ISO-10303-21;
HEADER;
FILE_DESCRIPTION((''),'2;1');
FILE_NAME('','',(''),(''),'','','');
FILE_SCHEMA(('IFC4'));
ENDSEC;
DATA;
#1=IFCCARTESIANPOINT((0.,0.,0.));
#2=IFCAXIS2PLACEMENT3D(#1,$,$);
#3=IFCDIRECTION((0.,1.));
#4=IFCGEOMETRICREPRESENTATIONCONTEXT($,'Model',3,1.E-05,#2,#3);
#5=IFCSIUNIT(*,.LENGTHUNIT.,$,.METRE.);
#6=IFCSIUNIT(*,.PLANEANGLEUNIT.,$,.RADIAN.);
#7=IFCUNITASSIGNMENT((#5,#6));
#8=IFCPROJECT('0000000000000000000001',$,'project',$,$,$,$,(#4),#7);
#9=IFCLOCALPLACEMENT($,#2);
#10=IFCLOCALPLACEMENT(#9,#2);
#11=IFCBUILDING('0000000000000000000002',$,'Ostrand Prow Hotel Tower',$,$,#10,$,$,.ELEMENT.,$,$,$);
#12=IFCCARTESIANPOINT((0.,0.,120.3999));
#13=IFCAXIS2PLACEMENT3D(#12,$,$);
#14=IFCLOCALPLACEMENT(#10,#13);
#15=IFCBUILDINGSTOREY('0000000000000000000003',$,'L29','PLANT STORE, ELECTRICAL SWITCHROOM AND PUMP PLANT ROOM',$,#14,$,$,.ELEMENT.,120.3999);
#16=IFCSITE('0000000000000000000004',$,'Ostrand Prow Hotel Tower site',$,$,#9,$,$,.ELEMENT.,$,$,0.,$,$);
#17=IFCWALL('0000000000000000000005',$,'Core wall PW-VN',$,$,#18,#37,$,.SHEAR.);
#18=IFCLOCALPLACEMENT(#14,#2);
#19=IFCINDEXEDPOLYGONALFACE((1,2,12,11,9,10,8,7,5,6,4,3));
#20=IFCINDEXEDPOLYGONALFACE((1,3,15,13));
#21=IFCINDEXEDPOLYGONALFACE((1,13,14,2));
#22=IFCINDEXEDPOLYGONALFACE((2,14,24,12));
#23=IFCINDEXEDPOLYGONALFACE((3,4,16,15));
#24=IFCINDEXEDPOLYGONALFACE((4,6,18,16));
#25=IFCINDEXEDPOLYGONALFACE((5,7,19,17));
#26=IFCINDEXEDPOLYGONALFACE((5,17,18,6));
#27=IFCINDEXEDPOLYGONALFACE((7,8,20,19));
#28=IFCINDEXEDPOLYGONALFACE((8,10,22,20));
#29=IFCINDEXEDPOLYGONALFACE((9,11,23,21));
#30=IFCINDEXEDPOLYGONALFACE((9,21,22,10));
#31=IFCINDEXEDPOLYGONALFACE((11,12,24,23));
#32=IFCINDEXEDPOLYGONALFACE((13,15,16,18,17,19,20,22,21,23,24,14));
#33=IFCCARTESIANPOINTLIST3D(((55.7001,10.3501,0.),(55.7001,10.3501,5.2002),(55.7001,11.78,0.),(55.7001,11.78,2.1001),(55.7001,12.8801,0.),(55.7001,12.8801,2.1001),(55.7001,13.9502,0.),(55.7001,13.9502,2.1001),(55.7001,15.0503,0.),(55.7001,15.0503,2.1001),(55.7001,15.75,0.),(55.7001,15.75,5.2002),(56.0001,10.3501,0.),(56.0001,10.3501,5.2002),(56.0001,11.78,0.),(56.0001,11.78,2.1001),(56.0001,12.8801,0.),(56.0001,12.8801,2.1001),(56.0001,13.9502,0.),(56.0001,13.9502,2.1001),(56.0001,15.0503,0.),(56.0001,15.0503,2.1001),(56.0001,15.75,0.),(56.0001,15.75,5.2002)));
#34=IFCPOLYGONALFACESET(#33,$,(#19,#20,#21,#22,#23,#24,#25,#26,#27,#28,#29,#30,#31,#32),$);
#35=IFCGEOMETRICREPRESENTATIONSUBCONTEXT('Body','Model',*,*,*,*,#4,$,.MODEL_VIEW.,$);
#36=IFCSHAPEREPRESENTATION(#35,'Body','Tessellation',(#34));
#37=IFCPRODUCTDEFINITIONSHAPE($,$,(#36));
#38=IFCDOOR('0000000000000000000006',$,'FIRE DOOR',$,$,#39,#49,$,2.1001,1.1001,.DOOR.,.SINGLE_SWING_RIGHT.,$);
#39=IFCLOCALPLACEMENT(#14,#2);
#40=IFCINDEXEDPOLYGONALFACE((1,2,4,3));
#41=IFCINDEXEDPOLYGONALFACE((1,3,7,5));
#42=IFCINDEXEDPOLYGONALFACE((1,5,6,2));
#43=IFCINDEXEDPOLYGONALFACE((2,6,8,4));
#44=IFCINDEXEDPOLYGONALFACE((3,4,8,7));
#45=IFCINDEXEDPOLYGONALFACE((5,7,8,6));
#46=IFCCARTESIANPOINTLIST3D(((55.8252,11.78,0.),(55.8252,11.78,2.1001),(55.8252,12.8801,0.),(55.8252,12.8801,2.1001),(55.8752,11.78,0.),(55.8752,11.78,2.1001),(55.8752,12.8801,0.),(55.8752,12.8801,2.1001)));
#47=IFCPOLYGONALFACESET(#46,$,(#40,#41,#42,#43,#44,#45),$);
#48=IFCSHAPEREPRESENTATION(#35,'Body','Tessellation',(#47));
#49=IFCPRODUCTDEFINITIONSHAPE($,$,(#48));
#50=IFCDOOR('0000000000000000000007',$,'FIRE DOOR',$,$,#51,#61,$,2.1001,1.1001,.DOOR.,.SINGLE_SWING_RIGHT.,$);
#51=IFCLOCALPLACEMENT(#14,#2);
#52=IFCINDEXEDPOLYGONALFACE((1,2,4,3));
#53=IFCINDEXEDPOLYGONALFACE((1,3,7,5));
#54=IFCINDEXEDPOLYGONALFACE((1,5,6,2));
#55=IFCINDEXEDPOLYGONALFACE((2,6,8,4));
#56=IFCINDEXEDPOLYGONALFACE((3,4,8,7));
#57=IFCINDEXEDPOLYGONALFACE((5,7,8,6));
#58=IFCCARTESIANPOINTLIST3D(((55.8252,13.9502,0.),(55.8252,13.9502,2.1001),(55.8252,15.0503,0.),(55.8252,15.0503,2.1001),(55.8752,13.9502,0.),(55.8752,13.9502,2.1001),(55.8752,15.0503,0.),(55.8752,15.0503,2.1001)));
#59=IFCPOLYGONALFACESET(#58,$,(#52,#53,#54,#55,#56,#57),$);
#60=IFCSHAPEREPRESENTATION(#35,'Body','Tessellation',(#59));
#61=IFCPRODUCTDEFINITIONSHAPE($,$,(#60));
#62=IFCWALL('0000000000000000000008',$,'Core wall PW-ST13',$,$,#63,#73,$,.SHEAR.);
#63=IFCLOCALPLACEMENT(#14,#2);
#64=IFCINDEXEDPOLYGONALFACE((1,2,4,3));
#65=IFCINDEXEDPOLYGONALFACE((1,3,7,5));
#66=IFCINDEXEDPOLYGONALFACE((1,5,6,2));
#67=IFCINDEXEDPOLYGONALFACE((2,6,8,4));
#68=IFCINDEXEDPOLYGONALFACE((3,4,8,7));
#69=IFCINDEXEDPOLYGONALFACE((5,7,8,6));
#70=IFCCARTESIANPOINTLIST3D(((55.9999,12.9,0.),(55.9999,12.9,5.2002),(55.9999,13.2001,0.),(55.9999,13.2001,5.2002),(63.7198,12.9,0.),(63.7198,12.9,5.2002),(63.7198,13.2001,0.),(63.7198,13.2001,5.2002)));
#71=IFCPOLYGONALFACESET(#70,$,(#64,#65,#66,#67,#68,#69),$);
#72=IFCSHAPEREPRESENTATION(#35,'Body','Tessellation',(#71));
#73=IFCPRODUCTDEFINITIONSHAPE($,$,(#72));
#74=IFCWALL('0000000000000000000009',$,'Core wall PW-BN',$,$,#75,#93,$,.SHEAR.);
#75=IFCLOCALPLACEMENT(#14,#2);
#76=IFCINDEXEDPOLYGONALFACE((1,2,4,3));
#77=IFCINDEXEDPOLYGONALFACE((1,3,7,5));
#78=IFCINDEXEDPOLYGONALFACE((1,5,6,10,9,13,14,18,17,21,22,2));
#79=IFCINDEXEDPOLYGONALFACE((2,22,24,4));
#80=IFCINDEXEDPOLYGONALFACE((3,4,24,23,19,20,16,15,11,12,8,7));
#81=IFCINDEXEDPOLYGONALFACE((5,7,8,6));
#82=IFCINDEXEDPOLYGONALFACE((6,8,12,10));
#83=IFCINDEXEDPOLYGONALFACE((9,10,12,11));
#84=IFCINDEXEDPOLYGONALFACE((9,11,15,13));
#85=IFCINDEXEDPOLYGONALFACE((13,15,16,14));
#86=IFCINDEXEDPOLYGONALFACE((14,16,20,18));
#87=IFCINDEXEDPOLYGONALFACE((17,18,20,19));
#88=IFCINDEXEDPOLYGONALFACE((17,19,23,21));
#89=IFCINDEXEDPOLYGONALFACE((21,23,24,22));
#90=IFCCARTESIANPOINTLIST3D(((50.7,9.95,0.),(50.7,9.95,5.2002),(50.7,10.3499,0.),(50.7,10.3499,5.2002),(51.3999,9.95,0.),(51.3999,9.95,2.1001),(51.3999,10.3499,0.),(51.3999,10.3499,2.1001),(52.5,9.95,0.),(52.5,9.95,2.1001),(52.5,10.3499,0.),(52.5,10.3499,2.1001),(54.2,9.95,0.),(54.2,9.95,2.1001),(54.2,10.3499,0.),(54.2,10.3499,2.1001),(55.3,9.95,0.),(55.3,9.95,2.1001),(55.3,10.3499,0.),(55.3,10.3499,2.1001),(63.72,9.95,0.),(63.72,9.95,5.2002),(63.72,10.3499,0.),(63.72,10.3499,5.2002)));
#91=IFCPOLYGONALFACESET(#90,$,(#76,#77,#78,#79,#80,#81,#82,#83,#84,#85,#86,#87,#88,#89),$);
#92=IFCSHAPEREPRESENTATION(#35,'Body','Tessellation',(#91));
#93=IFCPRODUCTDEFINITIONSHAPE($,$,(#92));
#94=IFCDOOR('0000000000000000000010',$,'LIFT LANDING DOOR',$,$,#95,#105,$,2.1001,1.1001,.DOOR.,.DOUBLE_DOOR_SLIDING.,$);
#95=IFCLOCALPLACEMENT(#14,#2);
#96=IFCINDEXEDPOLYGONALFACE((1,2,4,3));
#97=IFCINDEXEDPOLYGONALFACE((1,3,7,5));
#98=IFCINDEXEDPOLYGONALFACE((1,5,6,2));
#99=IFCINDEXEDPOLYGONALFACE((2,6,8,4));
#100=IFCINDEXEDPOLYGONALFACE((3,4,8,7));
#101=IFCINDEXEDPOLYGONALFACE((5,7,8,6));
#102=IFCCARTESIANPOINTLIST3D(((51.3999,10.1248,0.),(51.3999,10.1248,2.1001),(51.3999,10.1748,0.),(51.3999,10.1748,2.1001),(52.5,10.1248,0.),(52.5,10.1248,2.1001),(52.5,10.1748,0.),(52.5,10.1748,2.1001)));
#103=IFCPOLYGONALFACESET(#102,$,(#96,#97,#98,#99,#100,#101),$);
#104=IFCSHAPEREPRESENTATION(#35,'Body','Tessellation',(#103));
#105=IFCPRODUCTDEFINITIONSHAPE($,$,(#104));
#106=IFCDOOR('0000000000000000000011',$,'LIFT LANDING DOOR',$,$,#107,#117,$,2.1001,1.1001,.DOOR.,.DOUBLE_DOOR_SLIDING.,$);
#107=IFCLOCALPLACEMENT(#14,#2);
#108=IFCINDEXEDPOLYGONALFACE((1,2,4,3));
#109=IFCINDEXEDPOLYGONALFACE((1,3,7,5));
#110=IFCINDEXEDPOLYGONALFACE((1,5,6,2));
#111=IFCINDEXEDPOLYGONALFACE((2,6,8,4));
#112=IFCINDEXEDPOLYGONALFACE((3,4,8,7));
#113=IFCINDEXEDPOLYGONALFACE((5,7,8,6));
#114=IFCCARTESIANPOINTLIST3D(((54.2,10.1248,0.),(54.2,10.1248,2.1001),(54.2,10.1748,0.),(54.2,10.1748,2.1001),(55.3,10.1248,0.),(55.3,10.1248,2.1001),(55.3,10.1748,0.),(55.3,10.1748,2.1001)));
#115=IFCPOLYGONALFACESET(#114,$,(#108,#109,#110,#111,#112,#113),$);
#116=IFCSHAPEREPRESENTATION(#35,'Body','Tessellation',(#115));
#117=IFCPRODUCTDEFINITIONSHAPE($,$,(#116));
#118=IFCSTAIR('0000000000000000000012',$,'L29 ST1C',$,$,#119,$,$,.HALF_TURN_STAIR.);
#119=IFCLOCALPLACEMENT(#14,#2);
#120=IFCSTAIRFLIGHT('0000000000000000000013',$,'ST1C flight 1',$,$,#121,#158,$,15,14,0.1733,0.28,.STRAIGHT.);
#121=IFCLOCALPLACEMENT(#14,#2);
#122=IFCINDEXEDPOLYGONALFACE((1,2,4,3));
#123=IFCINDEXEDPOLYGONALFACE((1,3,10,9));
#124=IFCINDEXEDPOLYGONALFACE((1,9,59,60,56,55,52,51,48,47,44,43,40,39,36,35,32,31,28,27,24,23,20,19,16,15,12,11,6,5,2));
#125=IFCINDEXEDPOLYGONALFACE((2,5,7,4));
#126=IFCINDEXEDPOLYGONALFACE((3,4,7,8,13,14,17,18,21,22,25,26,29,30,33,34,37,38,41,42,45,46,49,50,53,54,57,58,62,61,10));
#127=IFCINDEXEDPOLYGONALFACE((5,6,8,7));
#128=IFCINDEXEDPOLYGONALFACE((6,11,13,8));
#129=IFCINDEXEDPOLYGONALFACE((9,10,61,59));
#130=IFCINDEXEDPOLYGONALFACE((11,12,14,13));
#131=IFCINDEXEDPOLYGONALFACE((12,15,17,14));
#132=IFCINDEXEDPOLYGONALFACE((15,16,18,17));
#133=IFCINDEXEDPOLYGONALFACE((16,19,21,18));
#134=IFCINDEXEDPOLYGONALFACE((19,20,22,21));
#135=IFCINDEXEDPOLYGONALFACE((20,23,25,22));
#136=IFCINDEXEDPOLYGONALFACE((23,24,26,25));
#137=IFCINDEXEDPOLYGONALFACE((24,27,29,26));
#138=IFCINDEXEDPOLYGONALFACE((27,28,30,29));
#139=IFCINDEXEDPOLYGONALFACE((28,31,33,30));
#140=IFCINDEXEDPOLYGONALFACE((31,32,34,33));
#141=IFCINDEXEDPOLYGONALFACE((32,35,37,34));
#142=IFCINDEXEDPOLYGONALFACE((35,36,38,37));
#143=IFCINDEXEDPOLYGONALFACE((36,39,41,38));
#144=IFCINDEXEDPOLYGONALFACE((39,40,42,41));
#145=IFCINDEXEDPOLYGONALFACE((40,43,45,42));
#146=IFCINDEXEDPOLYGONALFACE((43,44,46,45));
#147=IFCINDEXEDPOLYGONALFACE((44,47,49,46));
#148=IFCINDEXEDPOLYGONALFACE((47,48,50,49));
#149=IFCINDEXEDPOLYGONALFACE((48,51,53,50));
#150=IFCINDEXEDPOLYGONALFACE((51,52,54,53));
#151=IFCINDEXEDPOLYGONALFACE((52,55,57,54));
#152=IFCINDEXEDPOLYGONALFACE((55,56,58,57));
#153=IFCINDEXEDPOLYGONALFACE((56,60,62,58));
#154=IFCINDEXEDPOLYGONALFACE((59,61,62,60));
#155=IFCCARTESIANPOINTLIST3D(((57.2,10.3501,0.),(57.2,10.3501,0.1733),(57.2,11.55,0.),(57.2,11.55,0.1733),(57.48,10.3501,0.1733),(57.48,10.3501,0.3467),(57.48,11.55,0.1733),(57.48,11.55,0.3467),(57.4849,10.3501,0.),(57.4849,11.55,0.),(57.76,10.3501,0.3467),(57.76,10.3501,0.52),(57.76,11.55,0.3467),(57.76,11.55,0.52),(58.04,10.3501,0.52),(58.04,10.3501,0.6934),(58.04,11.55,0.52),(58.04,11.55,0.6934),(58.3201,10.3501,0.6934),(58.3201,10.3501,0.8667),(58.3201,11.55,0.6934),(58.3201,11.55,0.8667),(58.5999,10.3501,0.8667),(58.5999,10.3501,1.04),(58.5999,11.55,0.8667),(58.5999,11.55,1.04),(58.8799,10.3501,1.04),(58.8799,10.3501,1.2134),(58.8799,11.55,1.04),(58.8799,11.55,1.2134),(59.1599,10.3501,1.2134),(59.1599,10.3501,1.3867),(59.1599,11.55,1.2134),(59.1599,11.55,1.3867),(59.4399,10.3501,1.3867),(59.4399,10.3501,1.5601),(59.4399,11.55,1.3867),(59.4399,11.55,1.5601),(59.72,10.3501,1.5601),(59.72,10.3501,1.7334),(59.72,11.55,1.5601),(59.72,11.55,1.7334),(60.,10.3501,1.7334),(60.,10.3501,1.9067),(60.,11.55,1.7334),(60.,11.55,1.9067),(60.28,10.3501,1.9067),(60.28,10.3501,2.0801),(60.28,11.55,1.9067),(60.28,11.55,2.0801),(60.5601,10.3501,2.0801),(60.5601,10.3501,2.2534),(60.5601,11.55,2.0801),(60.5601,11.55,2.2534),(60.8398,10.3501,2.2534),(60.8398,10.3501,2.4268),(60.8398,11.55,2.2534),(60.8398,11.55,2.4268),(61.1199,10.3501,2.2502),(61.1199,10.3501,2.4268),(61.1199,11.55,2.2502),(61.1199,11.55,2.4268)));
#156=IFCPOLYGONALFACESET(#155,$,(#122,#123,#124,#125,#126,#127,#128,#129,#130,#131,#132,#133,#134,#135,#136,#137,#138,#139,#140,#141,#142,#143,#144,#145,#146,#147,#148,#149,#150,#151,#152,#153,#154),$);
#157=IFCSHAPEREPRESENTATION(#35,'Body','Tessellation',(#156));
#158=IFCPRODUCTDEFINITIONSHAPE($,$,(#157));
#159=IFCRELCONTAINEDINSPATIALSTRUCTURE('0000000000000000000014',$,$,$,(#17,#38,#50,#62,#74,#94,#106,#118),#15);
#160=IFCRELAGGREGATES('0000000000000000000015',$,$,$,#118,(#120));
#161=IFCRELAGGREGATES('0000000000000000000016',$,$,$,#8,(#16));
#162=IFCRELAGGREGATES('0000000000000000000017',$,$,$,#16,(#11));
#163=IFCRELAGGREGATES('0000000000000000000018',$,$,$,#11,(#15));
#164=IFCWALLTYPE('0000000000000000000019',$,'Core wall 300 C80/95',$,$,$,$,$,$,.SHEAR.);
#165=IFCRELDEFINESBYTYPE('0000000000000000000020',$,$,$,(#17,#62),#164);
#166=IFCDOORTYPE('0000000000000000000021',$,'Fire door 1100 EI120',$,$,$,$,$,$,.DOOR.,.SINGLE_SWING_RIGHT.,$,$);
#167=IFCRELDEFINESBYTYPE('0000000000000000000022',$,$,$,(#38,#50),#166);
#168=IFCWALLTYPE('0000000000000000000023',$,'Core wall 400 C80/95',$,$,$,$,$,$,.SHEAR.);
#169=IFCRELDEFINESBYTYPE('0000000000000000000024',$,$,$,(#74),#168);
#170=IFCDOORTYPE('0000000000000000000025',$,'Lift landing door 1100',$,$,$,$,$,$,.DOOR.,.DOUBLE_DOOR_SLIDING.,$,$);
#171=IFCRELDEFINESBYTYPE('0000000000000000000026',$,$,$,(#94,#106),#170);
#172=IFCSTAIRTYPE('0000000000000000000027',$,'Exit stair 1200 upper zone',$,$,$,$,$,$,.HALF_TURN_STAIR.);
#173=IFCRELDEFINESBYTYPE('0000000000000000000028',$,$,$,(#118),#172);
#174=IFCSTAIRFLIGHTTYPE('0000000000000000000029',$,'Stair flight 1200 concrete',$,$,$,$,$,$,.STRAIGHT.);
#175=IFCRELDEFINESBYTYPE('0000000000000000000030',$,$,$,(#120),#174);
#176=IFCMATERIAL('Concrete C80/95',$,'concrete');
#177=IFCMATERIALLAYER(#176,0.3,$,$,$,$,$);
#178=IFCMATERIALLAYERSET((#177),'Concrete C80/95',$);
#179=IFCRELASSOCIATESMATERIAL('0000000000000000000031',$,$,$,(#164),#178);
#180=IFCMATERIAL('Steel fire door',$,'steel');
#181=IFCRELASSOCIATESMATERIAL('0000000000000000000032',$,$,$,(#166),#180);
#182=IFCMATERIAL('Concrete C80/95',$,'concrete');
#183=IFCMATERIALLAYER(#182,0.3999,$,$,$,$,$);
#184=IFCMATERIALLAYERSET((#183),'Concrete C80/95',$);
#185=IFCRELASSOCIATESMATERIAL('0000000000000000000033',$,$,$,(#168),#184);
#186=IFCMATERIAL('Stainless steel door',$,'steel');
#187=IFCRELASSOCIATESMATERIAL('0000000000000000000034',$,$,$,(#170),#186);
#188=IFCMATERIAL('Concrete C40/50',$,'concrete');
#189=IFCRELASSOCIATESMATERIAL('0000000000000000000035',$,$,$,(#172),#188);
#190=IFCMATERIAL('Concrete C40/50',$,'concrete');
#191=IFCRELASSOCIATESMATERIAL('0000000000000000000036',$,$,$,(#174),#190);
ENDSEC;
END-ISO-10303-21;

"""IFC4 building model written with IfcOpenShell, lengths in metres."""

from ifc_helpers import new_model, si_unit, direction, frame, frame_2d, origin, place, context, subcontext, project, spatial, polyline, rectangle, outline, extrude, material, layer, layer_set, type_object, element, fill, aggregate, save


model = new_model("IFC4")

# Units and contexts
model_context = context("Model", 3, precision=1e-05, world=origin(), true_north=direction((0.0, 1.0)))
body_context = subcontext(model_context, "Body", "Model", "MODEL_VIEW")
ifc_project = project(units=[si_unit("LENGTHUNIT", "METRE"), si_unit("PLANEANGLEUNIT", "RADIAN")], contexts=[model_context])

# Site, building, storey
site_placement = place(None, origin())
site = spatial("IfcSite", under=ifc_project, at=site_placement, Name="Ostrand Prow Hotel Tower site", CompositionType="ELEMENT", RefElevation=0.0)
building_placement = place(site_placement, origin())
building = spatial("IfcBuilding", under=site, at=building_placement, Name="Ostrand Prow Hotel Tower", CompositionType="ELEMENT")
storey_placement = place(building_placement, frame((0.0, 0.0, 120.3999)))
storey = spatial("IfcBuildingStorey", under=building, at=storey_placement, Name="L29", Description="PLANT STORE, ELECTRICAL SWITCHROOM AND PUMP PLANT ROOM", CompositionType="ELEMENT", Elevation=120.3999)

# Shared definitions
ifc_material_1 = material(Name="Concrete C80/95", Category="concrete")
ifc_layer_1 = layer(ifc_material_1, 0.3)
ifc_layer_set_1 = layer_set([ifc_layer_1], Name="Concrete C80/95")
wall_type_1 = type_object("IfcWallType", Name="Core wall 300 C80/95", PredefinedType="SHEAR", material=ifc_layer_set_1)

# Wall, openings, doors
wall_1_placement = place(storey_placement, frame((55.8501, 10.3501, 0.0), z_axis=(0.0, 0.0, 1.0), x_axis=(0.0, 1.0, 0.0)))
wall_1 = element("IfcWall", 1, at=wall_1_placement, inside=storey, type_object=wall_type_1, Name="Core wall PW-VN", PredefinedType="SHEAR", context=body_context, shape_type="SweptSolid", body=[
    extrude(rectangle(XDim=5.3999, YDim=0.3, at=frame_2d((2.7, 0.0))), origin(), (0.0, 0.0, 1.0), 5.2002),
])
opening_1_placement = place(wall_1_placement, frame((1.4299, 0.0, 0.0)))
opening_1 = element("IfcOpeningElement", 2, at=opening_1_placement, cuts=wall_1, PredefinedType="OPENING", context=body_context, shape_type="SweptSolid", body=[
    extrude(rectangle(XDim=1.1001, YDim=2.1001, at=frame_2d((0.55, 1.05))), frame((0.0, 0.1599, 0.0), z_axis=(0.0, -1.0, 0.0), x_axis=(1.0, 0.0, 0.0)), (0.0, 0.0, 1.0), 0.3201),
])
opening_2_placement = place(wall_1_placement, frame((3.6001, 0.0, 0.0)))
opening_2 = element("IfcOpeningElement", 3, at=opening_2_placement, cuts=wall_1, PredefinedType="OPENING", context=body_context, shape_type="SweptSolid", body=[
    extrude(rectangle(XDim=1.1001, YDim=2.1001, at=frame_2d((0.55, 1.05))), frame((0.0, 0.1599, 0.0), z_axis=(0.0, -1.0, 0.0), x_axis=(1.0, 0.0, 0.0)), (0.0, 0.0, 1.0), 0.3201),
])
ifc_material_2 = material(Name="Steel fire door", Category="steel")
door_type_1 = type_object("IfcDoorType", Name="Fire door 1100 EI120", OperationType="SINGLE_SWING_RIGHT", PredefinedType="DOOR", material=ifc_material_2)
door_1_placement = place(opening_1_placement, origin())
door_1 = element("IfcDoor", 4, at=door_1_placement, inside=storey, type_object=door_type_1, Name="FIRE DOOR", OperationType="SINGLE_SWING_RIGHT", OverallHeight=2.1001, OverallWidth=1.1001, PredefinedType="DOOR", context=body_context, shape_type="SweptSolid", body=[
    extrude(rectangle(XDim=1.1001, YDim=2.1001, at=frame_2d((0.55, 1.05))), frame((0.0, 0.0249, 0.0), z_axis=(0.0, -1.0, 0.0), x_axis=(1.0, 0.0, 0.0)), (0.0, 0.0, 1.0), 0.05),
])
fill(opening_1, door_1)
door_2_placement = place(opening_2_placement, origin())
door_2 = element("IfcDoor", 5, at=door_2_placement, inside=storey, type_object=door_type_1, Name="FIRE DOOR", OperationType="SINGLE_SWING_RIGHT", OverallHeight=2.1001, OverallWidth=1.1001, PredefinedType="DOOR", context=body_context, shape_type="SweptSolid", body=[
    extrude(rectangle(XDim=1.1001, YDim=2.1001, at=frame_2d((0.55, 1.05))), frame((0.0, 0.0249, 0.0), z_axis=(0.0, -1.0, 0.0), x_axis=(1.0, 0.0, 0.0)), (0.0, 0.0, 1.0), 0.05),
])
fill(opening_2, door_2)

# Wall
wall_2_placement = place(storey_placement, frame((56.0, 13.05, 0.0), z_axis=(0.0, 0.0, 1.0), x_axis=(1.0, 0.0, 0.0)))
element("IfcWall", 6, at=wall_2_placement, inside=storey, type_object=wall_type_1, Name="Core wall PW-ST13", PredefinedType="SHEAR", context=body_context, shape_type="SweptSolid", body=[
    extrude(rectangle(XDim=7.72, YDim=0.3, at=frame_2d((3.8599, 0.0))), origin(), (0.0, 0.0, 1.0), 5.2002),
])

# Wall, openings, doors
ifc_material_3 = material(Name="Concrete C80/95", Category="concrete")
ifc_layer_2 = layer(ifc_material_3, 0.3999)
ifc_layer_set_2 = layer_set([ifc_layer_2], Name="Concrete C80/95")
wall_type_2 = type_object("IfcWallType", Name="Core wall 400 C80/95", PredefinedType="SHEAR", material=ifc_layer_set_2)
wall_3_placement = place(storey_placement, frame((50.7, 10.1499, 0.0), z_axis=(0.0, 0.0, 1.0), x_axis=(1.0, 0.0, 0.0)))
wall_3 = element("IfcWall", 7, at=wall_3_placement, inside=storey, type_object=wall_type_2, Name="Core wall PW-BN", PredefinedType="SHEAR", context=body_context, shape_type="SweptSolid", body=[
    extrude(rectangle(XDim=13.02, YDim=0.3999, at=frame_2d((6.51, 0.0))), origin(), (0.0, 0.0, 1.0), 5.2002),
])
opening_3_placement = place(wall_3_placement, frame((0.7, 0.0, 0.0)))
opening_3 = element("IfcOpeningElement", 8, at=opening_3_placement, cuts=wall_3, PredefinedType="OPENING", context=body_context, shape_type="SweptSolid", body=[
    extrude(rectangle(XDim=1.1001, YDim=2.1001, at=frame_2d((0.55, 1.05))), frame((0.0, 0.21, 0.0), z_axis=(0.0, -1.0, 0.0), x_axis=(1.0, 0.0, 0.0)), (0.0, 0.0, 1.0), 0.4199),
])
opening_4_placement = place(wall_3_placement, frame((3.5, 0.0, 0.0)))
opening_4 = element("IfcOpeningElement", 9, at=opening_4_placement, cuts=wall_3, PredefinedType="OPENING", context=body_context, shape_type="SweptSolid", body=[
    extrude(rectangle(XDim=1.1001, YDim=2.1001, at=frame_2d((0.55, 1.05))), frame((0.0, 0.21, 0.0), z_axis=(0.0, -1.0, 0.0), x_axis=(1.0, 0.0, 0.0)), (0.0, 0.0, 1.0), 0.4199),
])
ifc_material_4 = material(Name="Stainless steel door", Category="steel")
door_type_2 = type_object("IfcDoorType", Name="Lift landing door 1100", OperationType="DOUBLE_DOOR_SLIDING", PredefinedType="DOOR", material=ifc_material_4)
door_3_placement = place(opening_3_placement, origin())
door_3 = element("IfcDoor", 10, at=door_3_placement, inside=storey, type_object=door_type_2, Name="LIFT LANDING DOOR", OperationType="DOUBLE_DOOR_SLIDING", OverallHeight=2.1001, OverallWidth=1.1001, PredefinedType="DOOR", context=body_context, shape_type="SweptSolid", body=[
    extrude(rectangle(XDim=1.1001, YDim=2.1001, at=frame_2d((0.55, 1.05))), frame((0.0, 0.0249, 0.0), z_axis=(0.0, -1.0, 0.0), x_axis=(1.0, 0.0, 0.0)), (0.0, 0.0, 1.0), 0.05),
])
fill(opening_3, door_3)
door_4_placement = place(opening_4_placement, origin())
door_4 = element("IfcDoor", 11, at=door_4_placement, inside=storey, type_object=door_type_2, Name="LIFT LANDING DOOR", OperationType="DOUBLE_DOOR_SLIDING", OverallHeight=2.1001, OverallWidth=1.1001, PredefinedType="DOOR", context=body_context, shape_type="SweptSolid", body=[
    extrude(rectangle(XDim=1.1001, YDim=2.1001, at=frame_2d((0.55, 1.05))), frame((0.0, 0.0249, 0.0), z_axis=(0.0, -1.0, 0.0), x_axis=(1.0, 0.0, 0.0)), (0.0, 0.0, 1.0), 0.05),
])
fill(opening_4, door_4)

# Stair, stair flight
ifc_material_5 = material(Name="Concrete C40/50", Category="concrete")
stair_type = type_object("IfcStairType", Name="Exit stair 1200 upper zone", PredefinedType="HALF_TURN_STAIR", material=ifc_material_5)
stair_placement = place(storey_placement, origin())
stair = element("IfcStair", 12, at=stair_placement, inside=storey, type_object=stair_type, Name="L29 ST1C", PredefinedType="HALF_TURN_STAIR")
ifc_material_6 = material(Name="Concrete C40/50", Category="concrete")
stair_flight_type = type_object("IfcStairFlightType", Name="Stair flight 1200 concrete", PredefinedType="STRAIGHT", material=ifc_material_6)
stair_flight_placement = place(storey_placement, frame((57.2, 10.95, 0.0), z_axis=(0.0, 0.0, 1.0), x_axis=(1.0, 0.0, 0.0)))
stair_flight = element("IfcStairFlight", 13, at=stair_flight_placement, type_object=stair_flight_type, Name="ST1C flight 1", NumberOfRisers=15, NumberOfTreads=14, PredefinedType="STRAIGHT", RiserHeight=0.1733, TreadLength=0.28, context=body_context, shape_type="SweptSolid", body=[
    extrude(outline(polyline([(0.0, 0.0), (0.0, 0.1733), (0.28, 0.1733), (0.28, 0.3467), (0.5601, 0.3467), (0.5601, 0.52), (0.8401, 0.52), (0.8401, 0.6934), (1.1201, 0.6934), (1.1201, 0.8667), (1.3999, 0.8667), (1.3999, 1.04), (1.6799, 1.04), (1.6799, 1.2134), (1.96, 1.2134), (1.96, 1.3867), (2.24, 1.3867), (2.24, 1.5601), (2.52, 1.5601), (2.52, 1.7334), (2.8, 1.7334), (2.8, 1.9067), (3.0801, 1.9067), (3.0801, 2.0801), (3.3601, 2.0801), (3.3601, 2.2534), (3.6399, 2.2534), (3.6399, 2.4268), (3.9199, 2.4268), (3.9199, 2.6001), (3.9199, 2.2502), (0.2849, 0.0), (0.0, 0.0)])), frame((0.0, 0.6001, 0.0), z_axis=(0.0, -1.0, 0.0), x_axis=(1.0, 0.0, 0.0)), (0.0, 0.0, 1.0), 1.2),
])
aggregate(stair, [stair_flight])

save(model, "model.ifc")
